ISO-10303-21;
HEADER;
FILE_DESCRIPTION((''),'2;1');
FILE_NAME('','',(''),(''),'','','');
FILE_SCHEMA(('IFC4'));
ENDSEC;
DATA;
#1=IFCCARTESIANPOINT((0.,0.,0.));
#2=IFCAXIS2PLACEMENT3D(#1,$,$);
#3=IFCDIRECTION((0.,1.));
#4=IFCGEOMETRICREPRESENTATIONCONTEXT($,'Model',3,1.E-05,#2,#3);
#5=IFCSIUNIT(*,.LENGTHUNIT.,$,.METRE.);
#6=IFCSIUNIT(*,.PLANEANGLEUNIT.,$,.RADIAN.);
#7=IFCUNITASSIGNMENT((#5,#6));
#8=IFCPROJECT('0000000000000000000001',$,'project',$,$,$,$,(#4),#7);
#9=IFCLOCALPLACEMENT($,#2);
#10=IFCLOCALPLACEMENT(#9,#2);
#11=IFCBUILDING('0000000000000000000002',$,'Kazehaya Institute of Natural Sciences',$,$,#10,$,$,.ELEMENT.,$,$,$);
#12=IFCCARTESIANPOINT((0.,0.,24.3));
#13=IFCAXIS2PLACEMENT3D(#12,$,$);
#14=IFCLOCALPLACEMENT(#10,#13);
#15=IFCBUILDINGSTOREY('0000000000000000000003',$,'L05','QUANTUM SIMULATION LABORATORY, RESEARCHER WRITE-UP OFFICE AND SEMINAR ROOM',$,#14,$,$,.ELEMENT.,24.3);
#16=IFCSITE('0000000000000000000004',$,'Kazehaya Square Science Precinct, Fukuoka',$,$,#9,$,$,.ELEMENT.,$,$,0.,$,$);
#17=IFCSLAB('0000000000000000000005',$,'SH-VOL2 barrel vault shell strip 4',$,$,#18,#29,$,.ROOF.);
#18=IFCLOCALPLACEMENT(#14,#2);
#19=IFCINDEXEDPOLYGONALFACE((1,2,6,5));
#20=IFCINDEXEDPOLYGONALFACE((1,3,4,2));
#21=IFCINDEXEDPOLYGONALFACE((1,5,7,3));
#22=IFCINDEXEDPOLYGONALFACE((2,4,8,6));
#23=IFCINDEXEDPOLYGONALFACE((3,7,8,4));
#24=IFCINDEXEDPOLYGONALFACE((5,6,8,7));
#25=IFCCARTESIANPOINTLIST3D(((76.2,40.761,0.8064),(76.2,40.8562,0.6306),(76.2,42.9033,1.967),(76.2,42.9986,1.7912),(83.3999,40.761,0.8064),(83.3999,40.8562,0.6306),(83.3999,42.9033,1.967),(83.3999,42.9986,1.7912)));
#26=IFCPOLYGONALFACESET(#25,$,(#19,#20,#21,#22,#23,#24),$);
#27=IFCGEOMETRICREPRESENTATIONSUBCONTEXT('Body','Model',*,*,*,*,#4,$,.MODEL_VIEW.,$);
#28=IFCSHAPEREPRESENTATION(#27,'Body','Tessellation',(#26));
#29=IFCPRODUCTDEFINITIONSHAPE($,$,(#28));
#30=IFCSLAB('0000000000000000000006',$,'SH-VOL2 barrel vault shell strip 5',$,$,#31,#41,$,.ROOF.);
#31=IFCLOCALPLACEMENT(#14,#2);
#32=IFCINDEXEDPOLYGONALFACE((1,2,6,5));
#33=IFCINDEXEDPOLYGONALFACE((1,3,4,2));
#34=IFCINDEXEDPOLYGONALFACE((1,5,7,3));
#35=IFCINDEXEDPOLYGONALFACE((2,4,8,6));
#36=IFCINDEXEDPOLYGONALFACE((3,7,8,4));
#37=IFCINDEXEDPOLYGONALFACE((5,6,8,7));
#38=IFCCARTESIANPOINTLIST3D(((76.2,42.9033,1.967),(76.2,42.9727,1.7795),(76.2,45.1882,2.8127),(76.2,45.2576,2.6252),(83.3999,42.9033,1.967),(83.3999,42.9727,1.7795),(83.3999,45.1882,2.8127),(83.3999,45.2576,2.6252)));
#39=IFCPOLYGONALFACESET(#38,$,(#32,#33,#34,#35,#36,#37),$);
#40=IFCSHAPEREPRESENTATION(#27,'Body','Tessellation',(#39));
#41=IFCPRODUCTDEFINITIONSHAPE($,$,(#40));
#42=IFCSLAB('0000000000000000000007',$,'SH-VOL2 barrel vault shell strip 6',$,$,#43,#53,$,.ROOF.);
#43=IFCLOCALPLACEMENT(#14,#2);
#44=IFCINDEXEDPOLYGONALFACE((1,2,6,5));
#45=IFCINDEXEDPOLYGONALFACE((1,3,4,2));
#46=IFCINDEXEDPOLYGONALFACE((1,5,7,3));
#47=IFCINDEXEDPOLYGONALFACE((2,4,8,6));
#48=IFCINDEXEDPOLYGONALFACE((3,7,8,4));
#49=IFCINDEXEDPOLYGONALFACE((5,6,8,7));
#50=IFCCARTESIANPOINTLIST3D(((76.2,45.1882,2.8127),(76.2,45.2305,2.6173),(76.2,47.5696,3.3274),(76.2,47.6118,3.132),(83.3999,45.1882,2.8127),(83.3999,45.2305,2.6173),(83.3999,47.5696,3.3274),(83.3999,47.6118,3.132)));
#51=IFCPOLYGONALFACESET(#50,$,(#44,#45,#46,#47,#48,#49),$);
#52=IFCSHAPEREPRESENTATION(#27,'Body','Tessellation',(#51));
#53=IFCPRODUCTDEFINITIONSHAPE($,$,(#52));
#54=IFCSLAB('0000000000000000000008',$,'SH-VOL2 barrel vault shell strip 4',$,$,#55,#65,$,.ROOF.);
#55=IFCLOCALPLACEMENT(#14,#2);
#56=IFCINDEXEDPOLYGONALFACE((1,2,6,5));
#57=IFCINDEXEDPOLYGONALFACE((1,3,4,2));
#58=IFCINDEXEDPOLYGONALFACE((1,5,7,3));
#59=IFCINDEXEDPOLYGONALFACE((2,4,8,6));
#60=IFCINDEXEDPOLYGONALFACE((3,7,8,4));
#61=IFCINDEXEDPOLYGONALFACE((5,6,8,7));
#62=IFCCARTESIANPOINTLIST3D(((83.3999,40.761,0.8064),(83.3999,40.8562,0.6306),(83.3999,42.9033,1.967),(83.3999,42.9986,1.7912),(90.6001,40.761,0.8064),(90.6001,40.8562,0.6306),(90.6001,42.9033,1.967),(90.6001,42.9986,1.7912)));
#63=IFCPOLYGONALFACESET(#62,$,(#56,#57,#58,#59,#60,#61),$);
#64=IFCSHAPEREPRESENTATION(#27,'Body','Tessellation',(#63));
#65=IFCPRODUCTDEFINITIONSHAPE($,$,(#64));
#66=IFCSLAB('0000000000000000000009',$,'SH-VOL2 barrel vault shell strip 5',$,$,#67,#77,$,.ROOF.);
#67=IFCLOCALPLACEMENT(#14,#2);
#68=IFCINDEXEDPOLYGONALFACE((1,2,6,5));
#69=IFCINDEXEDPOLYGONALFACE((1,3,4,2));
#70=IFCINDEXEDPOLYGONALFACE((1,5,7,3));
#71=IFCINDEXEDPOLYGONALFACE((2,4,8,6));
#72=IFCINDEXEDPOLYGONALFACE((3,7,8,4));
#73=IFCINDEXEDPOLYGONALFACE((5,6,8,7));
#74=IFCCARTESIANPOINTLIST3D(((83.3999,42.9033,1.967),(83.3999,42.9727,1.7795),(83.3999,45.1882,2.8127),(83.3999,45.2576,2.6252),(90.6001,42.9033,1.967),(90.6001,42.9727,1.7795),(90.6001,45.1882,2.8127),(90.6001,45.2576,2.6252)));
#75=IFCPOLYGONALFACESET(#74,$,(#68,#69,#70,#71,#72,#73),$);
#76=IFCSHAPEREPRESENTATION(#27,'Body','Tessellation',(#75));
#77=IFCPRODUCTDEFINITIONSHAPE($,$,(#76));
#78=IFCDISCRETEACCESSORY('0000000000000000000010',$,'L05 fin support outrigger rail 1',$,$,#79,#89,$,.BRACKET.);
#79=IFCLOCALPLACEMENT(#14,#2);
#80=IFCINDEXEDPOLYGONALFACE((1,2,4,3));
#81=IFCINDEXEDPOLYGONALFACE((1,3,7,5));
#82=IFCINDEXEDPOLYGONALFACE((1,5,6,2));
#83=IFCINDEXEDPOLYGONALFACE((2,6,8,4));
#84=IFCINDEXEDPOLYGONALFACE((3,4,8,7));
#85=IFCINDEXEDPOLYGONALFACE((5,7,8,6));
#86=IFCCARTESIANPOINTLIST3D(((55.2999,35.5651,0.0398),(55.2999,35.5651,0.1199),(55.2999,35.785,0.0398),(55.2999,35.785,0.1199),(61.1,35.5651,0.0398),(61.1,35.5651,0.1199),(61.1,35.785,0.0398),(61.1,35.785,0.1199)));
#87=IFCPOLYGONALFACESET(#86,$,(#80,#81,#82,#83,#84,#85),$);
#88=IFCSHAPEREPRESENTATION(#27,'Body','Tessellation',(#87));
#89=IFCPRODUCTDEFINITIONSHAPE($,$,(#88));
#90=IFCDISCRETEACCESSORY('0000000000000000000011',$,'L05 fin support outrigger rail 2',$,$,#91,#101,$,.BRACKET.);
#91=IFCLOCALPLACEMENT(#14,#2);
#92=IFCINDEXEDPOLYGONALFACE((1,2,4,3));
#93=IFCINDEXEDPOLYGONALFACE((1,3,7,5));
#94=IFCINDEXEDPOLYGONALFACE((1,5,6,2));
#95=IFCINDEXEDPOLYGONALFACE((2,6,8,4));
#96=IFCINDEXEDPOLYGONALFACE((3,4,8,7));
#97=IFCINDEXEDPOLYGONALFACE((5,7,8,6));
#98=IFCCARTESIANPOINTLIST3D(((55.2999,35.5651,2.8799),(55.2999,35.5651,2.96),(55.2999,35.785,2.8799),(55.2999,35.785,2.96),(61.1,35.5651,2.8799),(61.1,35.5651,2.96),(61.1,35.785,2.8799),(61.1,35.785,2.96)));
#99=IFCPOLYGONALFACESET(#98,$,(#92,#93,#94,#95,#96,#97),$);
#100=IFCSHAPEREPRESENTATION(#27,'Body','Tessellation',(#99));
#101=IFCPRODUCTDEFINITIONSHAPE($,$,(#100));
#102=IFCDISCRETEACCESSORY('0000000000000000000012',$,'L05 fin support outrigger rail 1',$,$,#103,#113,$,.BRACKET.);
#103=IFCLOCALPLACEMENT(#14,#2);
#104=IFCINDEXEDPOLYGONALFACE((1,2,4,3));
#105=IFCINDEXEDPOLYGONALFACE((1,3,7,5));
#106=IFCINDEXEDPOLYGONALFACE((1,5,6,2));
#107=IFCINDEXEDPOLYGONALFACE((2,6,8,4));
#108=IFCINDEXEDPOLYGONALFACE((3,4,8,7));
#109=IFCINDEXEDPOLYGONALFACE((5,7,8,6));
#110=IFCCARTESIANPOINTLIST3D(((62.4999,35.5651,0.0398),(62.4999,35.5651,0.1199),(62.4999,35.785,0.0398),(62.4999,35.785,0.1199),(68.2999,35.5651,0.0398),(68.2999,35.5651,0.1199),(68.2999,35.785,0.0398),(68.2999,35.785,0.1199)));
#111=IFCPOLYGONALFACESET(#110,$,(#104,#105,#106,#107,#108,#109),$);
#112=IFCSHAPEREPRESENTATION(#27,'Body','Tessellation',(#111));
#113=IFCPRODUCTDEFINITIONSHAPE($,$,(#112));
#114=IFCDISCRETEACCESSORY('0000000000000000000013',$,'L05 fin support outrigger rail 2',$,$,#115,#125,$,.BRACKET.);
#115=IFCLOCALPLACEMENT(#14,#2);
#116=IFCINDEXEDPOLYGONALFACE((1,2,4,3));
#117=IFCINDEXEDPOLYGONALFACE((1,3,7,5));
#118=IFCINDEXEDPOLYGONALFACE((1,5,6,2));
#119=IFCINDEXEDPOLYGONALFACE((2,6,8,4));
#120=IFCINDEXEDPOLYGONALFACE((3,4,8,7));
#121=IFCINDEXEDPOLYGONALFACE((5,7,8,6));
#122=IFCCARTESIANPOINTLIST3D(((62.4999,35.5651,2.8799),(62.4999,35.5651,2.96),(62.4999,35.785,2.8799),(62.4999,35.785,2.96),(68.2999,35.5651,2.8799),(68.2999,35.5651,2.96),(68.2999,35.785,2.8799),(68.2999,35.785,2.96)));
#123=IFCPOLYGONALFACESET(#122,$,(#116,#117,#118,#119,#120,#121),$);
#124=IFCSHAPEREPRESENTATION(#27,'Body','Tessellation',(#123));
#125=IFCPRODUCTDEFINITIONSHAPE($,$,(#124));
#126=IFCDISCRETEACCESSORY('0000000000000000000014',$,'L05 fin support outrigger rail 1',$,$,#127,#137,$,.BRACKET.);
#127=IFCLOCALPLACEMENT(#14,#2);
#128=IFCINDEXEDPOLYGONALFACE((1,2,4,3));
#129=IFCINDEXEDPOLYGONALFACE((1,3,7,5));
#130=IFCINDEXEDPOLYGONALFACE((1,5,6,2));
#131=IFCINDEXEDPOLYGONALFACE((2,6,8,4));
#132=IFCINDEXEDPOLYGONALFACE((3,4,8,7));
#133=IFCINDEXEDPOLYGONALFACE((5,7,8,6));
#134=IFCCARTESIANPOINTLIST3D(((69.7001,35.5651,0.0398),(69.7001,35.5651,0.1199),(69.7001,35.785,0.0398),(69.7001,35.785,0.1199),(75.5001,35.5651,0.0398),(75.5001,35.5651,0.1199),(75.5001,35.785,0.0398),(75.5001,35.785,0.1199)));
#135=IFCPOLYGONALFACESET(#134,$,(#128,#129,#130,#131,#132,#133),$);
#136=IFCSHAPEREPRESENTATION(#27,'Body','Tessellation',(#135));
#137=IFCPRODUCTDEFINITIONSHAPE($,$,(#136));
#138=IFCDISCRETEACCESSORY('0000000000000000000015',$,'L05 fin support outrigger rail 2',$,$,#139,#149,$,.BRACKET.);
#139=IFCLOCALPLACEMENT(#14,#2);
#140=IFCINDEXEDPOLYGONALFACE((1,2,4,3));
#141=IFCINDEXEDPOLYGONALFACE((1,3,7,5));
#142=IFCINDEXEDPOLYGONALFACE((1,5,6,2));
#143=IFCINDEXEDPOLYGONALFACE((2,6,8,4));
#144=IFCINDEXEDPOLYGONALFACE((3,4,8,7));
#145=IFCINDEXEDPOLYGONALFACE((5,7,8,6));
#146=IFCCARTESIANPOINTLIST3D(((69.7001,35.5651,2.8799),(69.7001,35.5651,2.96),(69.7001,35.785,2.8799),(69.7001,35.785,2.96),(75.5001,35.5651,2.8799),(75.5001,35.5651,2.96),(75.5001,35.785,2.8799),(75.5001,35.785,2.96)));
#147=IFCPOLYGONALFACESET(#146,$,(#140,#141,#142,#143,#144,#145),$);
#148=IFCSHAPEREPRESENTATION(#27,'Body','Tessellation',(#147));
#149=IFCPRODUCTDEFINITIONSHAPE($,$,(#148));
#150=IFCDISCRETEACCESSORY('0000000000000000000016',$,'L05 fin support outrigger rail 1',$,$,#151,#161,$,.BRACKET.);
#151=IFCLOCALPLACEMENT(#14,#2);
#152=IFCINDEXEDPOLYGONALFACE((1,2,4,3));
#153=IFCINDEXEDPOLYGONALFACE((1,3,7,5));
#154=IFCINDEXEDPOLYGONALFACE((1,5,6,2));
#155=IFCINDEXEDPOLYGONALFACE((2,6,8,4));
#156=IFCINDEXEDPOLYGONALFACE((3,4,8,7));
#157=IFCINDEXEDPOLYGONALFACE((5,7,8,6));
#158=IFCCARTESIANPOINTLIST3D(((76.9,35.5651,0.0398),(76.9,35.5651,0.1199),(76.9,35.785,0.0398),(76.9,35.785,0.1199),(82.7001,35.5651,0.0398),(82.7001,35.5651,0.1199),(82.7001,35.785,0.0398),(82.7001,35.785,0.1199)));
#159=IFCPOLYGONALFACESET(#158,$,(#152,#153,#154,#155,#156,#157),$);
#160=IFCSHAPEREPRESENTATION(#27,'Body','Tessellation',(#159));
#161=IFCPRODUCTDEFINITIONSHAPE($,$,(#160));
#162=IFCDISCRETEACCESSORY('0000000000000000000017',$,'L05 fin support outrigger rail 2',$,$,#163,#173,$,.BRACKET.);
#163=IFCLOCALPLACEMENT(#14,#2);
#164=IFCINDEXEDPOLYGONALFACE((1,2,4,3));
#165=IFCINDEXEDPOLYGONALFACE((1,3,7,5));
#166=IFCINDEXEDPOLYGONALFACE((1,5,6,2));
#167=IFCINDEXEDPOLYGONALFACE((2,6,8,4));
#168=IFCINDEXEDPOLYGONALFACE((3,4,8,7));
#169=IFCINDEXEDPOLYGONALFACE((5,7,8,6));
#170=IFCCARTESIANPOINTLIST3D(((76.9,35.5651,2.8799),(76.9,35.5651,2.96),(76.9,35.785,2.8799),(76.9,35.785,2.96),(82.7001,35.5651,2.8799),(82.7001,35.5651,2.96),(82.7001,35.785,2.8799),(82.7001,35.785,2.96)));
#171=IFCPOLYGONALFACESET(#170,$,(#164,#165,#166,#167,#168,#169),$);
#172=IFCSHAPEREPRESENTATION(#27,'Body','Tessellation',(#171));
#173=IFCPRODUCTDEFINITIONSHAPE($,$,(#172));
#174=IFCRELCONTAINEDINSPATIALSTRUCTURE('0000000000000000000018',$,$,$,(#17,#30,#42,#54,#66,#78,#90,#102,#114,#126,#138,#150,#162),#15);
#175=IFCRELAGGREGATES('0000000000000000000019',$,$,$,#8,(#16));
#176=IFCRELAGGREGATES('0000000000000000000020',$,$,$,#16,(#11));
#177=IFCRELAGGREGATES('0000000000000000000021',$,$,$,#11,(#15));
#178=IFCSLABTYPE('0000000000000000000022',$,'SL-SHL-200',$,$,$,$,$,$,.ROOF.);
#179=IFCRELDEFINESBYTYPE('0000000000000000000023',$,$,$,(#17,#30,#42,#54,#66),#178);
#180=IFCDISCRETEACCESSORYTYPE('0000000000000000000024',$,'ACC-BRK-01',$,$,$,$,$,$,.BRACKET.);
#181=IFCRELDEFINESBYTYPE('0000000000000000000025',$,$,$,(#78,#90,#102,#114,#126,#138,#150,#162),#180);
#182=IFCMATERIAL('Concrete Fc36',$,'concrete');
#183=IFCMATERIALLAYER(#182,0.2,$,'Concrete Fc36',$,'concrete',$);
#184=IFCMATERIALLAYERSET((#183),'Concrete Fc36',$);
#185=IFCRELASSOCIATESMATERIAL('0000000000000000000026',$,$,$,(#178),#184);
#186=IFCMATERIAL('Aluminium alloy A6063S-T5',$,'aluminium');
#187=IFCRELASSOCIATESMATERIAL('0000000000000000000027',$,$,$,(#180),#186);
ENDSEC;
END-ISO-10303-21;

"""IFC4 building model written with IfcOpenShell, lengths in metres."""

from ifc_helpers import new_model, si_unit, direction, frame, origin, origin_2d, place, context, subcontext, project, spatial, polyline, rectangle, outline, extrude, material, layer, layer_set, type_object, element, save


model = new_model("IFC4")

# Units and contexts
model_context = context("Model", 3, precision=1e-05, world=origin(), true_north=direction((0.0, 1.0)))
body_context = subcontext(model_context, "Body", "Model", "MODEL_VIEW")
ifc_project = project(units=[si_unit("LENGTHUNIT", "METRE"), si_unit("PLANEANGLEUNIT", "RADIAN")], contexts=[model_context])

# Site, building, storey
site_placement = place(None, origin())
site = spatial("IfcSite", under=ifc_project, at=site_placement, Name="Kazehaya Square Science Precinct, Fukuoka", CompositionType="ELEMENT", RefElevation=0.0)
building_placement = place(site_placement, origin())
building = spatial("IfcBuilding", under=site, at=building_placement, Name="Kazehaya Institute of Natural Sciences", CompositionType="ELEMENT")
storey_placement = place(building_placement, frame((0.0, 0.0, 24.3)))
storey = spatial("IfcBuildingStorey", under=building, at=storey_placement, Name="L05", Description="QUANTUM SIMULATION LABORATORY, RESEARCHER WRITE-UP OFFICE AND SEMINAR ROOM", CompositionType="ELEMENT", Elevation=24.3)

# Shared definitions
ifc_material_1 = material(Name="Concrete Fc36", Category="concrete")

# Shared definitions
ifc_material_2 = material(Name="Aluminium alloy A6063S-T5", Category="aluminium")

# Slabs
ifc_layer = layer(ifc_material_1, 0.2, Name="Concrete Fc36", Category="concrete")
ifc_layer_set = layer_set([ifc_layer], Name="Concrete Fc36")
slab_type = type_object("IfcSlabType", Name="SL-SHL-200", PredefinedType="ROOF", material=ifc_layer_set)
slab_1_placement = place(storey_placement, frame((76.2, 40.761, 0.8064), z_axis=(0.0, -0.476351, 0.879255), x_axis=(1.0, 0.0, 0.0)))
element("IfcSlab", 1, at=slab_1_placement, inside=storey, type_object=slab_type, Name="SH-VOL2 barrel vault shell strip 4", PredefinedType="ROOF", context=body_context, shape_type="SweptSolid", body=[
    extrude(outline(polyline([(0.0, 0.0), (7.2, 0.0), (7.2, 2.4365), (0.0, 2.4365), (0.0, 0.0)])), origin(), (0.0, 0.0, -1.0), 0.2),
])
slab_2_placement = place(storey_placement, frame((76.2, 42.9033, 1.967), z_axis=(0.0, -0.347112, 0.937824), x_axis=(1.0, 0.0, 0.0)))
element("IfcSlab", 2, at=slab_2_placement, inside=storey, type_object=slab_type, Name="SH-VOL2 barrel vault shell strip 5", PredefinedType="ROOF", context=body_context, shape_type="SweptSolid", body=[
    extrude(outline(polyline([(0.0, 0.0), (7.2, 0.0), (7.2, 2.4364), (0.0, 2.4364), (0.0, 0.0)])), origin(), (0.0, 0.0, -1.0), 0.2),
])
slab_3_placement = place(storey_placement, frame((76.2, 45.1882, 2.8127), z_axis=(0.0, -0.21124, 0.977434), x_axis=(1.0, 0.0, 0.0)))
element("IfcSlab", 3, at=slab_3_placement, inside=storey, type_object=slab_type, Name="SH-VOL2 barrel vault shell strip 6", PredefinedType="ROOF", context=body_context, shape_type="SweptSolid", body=[
    extrude(outline(polyline([(0.0, 0.0), (7.2, 0.0), (7.2, 2.4363), (0.0, 2.4363), (0.0, 0.0)])), origin(), (0.0, 0.0, -1.0), 0.2),
])
slab_4_placement = place(storey_placement, frame((83.3999, 40.761, 0.8064), z_axis=(0.0, -0.476351, 0.879255), x_axis=(1.0, 0.0, 0.0)))
element("IfcSlab", 4, at=slab_4_placement, inside=storey, type_object=slab_type, Name="SH-VOL2 barrel vault shell strip 4", PredefinedType="ROOF", context=body_context, shape_type="SweptSolid", body=[
    extrude(outline(polyline([(0.0, 0.0), (7.2002, 0.0), (7.2002, 2.4365), (0.0, 2.4365), (0.0, 0.0)])), origin(), (0.0, 0.0, -1.0), 0.2),
])
slab_5_placement = place(storey_placement, frame((83.3999, 42.9033, 1.967), z_axis=(0.0, -0.347112, 0.937824), x_axis=(1.0, 0.0, 0.0)))
element("IfcSlab", 5, at=slab_5_placement, inside=storey, type_object=slab_type, Name="SH-VOL2 barrel vault shell strip 5", PredefinedType="ROOF", context=body_context, shape_type="SweptSolid", body=[
    extrude(outline(polyline([(0.0, 0.0), (7.2002, 0.0), (7.2002, 2.4364), (0.0, 2.4364), (0.0, 0.0)])), origin(), (0.0, 0.0, -1.0), 0.2),
])

# Discrete accessories
discrete_accessory_type = type_object("IfcDiscreteAccessoryType", Name="ACC-BRK-01", PredefinedType="BRACKET", material=ifc_material_2)
for number, where, z_axis, x_axis, name in (
    (6, (58.2, 35.675, 0.0398), (0.0, 0.0, 1.0), (1.0, 0.0, 0.0), "L05 fin support outrigger rail 1"),
    (7, (58.2, 35.675, 2.8799), (0.0, 0.0, 1.0), (1.0, 0.0, 0.0), "L05 fin support outrigger rail 2"),
    (8, (65.3999, 35.675, 0.0398), (0.0, 0.0, 1.0), (1.0, 0.0, 0.0), "L05 fin support outrigger rail 1"),
    (9, (65.3999, 35.675, 2.8799), (0.0, 0.0, 1.0), (1.0, 0.0, 0.0), "L05 fin support outrigger rail 2"),
    (10, (72.6001, 35.675, 0.0398), (0.0, 0.0, 1.0), (1.0, 0.0, 0.0), "L05 fin support outrigger rail 1"),
    (11, (72.6001, 35.675, 2.8799), (0.0, 0.0, 1.0), (1.0, 0.0, 0.0), "L05 fin support outrigger rail 2"),
    (12, (79.8, 35.675, 0.0398), (0.0, 0.0, 1.0), (1.0, 0.0, 0.0), "L05 fin support outrigger rail 1"),
    (13, (79.8, 35.675, 2.8799), (0.0, 0.0, 1.0), (1.0, 0.0, 0.0), "L05 fin support outrigger rail 2"),
):
    element("IfcDiscreteAccessory", number, at=place(storey_placement, frame(where, z_axis=z_axis, x_axis=x_axis)), inside=storey, type_object=discrete_accessory_type, Name=name, PredefinedType="BRACKET", context=body_context, shape_type="SweptSolid", body=[
        extrude(rectangle(XDim=5.8, YDim=0.22, at=origin_2d()), origin(), (0.0, 0.0, 1.0), 0.0801),
    ])

save(model, "model.ifc")
